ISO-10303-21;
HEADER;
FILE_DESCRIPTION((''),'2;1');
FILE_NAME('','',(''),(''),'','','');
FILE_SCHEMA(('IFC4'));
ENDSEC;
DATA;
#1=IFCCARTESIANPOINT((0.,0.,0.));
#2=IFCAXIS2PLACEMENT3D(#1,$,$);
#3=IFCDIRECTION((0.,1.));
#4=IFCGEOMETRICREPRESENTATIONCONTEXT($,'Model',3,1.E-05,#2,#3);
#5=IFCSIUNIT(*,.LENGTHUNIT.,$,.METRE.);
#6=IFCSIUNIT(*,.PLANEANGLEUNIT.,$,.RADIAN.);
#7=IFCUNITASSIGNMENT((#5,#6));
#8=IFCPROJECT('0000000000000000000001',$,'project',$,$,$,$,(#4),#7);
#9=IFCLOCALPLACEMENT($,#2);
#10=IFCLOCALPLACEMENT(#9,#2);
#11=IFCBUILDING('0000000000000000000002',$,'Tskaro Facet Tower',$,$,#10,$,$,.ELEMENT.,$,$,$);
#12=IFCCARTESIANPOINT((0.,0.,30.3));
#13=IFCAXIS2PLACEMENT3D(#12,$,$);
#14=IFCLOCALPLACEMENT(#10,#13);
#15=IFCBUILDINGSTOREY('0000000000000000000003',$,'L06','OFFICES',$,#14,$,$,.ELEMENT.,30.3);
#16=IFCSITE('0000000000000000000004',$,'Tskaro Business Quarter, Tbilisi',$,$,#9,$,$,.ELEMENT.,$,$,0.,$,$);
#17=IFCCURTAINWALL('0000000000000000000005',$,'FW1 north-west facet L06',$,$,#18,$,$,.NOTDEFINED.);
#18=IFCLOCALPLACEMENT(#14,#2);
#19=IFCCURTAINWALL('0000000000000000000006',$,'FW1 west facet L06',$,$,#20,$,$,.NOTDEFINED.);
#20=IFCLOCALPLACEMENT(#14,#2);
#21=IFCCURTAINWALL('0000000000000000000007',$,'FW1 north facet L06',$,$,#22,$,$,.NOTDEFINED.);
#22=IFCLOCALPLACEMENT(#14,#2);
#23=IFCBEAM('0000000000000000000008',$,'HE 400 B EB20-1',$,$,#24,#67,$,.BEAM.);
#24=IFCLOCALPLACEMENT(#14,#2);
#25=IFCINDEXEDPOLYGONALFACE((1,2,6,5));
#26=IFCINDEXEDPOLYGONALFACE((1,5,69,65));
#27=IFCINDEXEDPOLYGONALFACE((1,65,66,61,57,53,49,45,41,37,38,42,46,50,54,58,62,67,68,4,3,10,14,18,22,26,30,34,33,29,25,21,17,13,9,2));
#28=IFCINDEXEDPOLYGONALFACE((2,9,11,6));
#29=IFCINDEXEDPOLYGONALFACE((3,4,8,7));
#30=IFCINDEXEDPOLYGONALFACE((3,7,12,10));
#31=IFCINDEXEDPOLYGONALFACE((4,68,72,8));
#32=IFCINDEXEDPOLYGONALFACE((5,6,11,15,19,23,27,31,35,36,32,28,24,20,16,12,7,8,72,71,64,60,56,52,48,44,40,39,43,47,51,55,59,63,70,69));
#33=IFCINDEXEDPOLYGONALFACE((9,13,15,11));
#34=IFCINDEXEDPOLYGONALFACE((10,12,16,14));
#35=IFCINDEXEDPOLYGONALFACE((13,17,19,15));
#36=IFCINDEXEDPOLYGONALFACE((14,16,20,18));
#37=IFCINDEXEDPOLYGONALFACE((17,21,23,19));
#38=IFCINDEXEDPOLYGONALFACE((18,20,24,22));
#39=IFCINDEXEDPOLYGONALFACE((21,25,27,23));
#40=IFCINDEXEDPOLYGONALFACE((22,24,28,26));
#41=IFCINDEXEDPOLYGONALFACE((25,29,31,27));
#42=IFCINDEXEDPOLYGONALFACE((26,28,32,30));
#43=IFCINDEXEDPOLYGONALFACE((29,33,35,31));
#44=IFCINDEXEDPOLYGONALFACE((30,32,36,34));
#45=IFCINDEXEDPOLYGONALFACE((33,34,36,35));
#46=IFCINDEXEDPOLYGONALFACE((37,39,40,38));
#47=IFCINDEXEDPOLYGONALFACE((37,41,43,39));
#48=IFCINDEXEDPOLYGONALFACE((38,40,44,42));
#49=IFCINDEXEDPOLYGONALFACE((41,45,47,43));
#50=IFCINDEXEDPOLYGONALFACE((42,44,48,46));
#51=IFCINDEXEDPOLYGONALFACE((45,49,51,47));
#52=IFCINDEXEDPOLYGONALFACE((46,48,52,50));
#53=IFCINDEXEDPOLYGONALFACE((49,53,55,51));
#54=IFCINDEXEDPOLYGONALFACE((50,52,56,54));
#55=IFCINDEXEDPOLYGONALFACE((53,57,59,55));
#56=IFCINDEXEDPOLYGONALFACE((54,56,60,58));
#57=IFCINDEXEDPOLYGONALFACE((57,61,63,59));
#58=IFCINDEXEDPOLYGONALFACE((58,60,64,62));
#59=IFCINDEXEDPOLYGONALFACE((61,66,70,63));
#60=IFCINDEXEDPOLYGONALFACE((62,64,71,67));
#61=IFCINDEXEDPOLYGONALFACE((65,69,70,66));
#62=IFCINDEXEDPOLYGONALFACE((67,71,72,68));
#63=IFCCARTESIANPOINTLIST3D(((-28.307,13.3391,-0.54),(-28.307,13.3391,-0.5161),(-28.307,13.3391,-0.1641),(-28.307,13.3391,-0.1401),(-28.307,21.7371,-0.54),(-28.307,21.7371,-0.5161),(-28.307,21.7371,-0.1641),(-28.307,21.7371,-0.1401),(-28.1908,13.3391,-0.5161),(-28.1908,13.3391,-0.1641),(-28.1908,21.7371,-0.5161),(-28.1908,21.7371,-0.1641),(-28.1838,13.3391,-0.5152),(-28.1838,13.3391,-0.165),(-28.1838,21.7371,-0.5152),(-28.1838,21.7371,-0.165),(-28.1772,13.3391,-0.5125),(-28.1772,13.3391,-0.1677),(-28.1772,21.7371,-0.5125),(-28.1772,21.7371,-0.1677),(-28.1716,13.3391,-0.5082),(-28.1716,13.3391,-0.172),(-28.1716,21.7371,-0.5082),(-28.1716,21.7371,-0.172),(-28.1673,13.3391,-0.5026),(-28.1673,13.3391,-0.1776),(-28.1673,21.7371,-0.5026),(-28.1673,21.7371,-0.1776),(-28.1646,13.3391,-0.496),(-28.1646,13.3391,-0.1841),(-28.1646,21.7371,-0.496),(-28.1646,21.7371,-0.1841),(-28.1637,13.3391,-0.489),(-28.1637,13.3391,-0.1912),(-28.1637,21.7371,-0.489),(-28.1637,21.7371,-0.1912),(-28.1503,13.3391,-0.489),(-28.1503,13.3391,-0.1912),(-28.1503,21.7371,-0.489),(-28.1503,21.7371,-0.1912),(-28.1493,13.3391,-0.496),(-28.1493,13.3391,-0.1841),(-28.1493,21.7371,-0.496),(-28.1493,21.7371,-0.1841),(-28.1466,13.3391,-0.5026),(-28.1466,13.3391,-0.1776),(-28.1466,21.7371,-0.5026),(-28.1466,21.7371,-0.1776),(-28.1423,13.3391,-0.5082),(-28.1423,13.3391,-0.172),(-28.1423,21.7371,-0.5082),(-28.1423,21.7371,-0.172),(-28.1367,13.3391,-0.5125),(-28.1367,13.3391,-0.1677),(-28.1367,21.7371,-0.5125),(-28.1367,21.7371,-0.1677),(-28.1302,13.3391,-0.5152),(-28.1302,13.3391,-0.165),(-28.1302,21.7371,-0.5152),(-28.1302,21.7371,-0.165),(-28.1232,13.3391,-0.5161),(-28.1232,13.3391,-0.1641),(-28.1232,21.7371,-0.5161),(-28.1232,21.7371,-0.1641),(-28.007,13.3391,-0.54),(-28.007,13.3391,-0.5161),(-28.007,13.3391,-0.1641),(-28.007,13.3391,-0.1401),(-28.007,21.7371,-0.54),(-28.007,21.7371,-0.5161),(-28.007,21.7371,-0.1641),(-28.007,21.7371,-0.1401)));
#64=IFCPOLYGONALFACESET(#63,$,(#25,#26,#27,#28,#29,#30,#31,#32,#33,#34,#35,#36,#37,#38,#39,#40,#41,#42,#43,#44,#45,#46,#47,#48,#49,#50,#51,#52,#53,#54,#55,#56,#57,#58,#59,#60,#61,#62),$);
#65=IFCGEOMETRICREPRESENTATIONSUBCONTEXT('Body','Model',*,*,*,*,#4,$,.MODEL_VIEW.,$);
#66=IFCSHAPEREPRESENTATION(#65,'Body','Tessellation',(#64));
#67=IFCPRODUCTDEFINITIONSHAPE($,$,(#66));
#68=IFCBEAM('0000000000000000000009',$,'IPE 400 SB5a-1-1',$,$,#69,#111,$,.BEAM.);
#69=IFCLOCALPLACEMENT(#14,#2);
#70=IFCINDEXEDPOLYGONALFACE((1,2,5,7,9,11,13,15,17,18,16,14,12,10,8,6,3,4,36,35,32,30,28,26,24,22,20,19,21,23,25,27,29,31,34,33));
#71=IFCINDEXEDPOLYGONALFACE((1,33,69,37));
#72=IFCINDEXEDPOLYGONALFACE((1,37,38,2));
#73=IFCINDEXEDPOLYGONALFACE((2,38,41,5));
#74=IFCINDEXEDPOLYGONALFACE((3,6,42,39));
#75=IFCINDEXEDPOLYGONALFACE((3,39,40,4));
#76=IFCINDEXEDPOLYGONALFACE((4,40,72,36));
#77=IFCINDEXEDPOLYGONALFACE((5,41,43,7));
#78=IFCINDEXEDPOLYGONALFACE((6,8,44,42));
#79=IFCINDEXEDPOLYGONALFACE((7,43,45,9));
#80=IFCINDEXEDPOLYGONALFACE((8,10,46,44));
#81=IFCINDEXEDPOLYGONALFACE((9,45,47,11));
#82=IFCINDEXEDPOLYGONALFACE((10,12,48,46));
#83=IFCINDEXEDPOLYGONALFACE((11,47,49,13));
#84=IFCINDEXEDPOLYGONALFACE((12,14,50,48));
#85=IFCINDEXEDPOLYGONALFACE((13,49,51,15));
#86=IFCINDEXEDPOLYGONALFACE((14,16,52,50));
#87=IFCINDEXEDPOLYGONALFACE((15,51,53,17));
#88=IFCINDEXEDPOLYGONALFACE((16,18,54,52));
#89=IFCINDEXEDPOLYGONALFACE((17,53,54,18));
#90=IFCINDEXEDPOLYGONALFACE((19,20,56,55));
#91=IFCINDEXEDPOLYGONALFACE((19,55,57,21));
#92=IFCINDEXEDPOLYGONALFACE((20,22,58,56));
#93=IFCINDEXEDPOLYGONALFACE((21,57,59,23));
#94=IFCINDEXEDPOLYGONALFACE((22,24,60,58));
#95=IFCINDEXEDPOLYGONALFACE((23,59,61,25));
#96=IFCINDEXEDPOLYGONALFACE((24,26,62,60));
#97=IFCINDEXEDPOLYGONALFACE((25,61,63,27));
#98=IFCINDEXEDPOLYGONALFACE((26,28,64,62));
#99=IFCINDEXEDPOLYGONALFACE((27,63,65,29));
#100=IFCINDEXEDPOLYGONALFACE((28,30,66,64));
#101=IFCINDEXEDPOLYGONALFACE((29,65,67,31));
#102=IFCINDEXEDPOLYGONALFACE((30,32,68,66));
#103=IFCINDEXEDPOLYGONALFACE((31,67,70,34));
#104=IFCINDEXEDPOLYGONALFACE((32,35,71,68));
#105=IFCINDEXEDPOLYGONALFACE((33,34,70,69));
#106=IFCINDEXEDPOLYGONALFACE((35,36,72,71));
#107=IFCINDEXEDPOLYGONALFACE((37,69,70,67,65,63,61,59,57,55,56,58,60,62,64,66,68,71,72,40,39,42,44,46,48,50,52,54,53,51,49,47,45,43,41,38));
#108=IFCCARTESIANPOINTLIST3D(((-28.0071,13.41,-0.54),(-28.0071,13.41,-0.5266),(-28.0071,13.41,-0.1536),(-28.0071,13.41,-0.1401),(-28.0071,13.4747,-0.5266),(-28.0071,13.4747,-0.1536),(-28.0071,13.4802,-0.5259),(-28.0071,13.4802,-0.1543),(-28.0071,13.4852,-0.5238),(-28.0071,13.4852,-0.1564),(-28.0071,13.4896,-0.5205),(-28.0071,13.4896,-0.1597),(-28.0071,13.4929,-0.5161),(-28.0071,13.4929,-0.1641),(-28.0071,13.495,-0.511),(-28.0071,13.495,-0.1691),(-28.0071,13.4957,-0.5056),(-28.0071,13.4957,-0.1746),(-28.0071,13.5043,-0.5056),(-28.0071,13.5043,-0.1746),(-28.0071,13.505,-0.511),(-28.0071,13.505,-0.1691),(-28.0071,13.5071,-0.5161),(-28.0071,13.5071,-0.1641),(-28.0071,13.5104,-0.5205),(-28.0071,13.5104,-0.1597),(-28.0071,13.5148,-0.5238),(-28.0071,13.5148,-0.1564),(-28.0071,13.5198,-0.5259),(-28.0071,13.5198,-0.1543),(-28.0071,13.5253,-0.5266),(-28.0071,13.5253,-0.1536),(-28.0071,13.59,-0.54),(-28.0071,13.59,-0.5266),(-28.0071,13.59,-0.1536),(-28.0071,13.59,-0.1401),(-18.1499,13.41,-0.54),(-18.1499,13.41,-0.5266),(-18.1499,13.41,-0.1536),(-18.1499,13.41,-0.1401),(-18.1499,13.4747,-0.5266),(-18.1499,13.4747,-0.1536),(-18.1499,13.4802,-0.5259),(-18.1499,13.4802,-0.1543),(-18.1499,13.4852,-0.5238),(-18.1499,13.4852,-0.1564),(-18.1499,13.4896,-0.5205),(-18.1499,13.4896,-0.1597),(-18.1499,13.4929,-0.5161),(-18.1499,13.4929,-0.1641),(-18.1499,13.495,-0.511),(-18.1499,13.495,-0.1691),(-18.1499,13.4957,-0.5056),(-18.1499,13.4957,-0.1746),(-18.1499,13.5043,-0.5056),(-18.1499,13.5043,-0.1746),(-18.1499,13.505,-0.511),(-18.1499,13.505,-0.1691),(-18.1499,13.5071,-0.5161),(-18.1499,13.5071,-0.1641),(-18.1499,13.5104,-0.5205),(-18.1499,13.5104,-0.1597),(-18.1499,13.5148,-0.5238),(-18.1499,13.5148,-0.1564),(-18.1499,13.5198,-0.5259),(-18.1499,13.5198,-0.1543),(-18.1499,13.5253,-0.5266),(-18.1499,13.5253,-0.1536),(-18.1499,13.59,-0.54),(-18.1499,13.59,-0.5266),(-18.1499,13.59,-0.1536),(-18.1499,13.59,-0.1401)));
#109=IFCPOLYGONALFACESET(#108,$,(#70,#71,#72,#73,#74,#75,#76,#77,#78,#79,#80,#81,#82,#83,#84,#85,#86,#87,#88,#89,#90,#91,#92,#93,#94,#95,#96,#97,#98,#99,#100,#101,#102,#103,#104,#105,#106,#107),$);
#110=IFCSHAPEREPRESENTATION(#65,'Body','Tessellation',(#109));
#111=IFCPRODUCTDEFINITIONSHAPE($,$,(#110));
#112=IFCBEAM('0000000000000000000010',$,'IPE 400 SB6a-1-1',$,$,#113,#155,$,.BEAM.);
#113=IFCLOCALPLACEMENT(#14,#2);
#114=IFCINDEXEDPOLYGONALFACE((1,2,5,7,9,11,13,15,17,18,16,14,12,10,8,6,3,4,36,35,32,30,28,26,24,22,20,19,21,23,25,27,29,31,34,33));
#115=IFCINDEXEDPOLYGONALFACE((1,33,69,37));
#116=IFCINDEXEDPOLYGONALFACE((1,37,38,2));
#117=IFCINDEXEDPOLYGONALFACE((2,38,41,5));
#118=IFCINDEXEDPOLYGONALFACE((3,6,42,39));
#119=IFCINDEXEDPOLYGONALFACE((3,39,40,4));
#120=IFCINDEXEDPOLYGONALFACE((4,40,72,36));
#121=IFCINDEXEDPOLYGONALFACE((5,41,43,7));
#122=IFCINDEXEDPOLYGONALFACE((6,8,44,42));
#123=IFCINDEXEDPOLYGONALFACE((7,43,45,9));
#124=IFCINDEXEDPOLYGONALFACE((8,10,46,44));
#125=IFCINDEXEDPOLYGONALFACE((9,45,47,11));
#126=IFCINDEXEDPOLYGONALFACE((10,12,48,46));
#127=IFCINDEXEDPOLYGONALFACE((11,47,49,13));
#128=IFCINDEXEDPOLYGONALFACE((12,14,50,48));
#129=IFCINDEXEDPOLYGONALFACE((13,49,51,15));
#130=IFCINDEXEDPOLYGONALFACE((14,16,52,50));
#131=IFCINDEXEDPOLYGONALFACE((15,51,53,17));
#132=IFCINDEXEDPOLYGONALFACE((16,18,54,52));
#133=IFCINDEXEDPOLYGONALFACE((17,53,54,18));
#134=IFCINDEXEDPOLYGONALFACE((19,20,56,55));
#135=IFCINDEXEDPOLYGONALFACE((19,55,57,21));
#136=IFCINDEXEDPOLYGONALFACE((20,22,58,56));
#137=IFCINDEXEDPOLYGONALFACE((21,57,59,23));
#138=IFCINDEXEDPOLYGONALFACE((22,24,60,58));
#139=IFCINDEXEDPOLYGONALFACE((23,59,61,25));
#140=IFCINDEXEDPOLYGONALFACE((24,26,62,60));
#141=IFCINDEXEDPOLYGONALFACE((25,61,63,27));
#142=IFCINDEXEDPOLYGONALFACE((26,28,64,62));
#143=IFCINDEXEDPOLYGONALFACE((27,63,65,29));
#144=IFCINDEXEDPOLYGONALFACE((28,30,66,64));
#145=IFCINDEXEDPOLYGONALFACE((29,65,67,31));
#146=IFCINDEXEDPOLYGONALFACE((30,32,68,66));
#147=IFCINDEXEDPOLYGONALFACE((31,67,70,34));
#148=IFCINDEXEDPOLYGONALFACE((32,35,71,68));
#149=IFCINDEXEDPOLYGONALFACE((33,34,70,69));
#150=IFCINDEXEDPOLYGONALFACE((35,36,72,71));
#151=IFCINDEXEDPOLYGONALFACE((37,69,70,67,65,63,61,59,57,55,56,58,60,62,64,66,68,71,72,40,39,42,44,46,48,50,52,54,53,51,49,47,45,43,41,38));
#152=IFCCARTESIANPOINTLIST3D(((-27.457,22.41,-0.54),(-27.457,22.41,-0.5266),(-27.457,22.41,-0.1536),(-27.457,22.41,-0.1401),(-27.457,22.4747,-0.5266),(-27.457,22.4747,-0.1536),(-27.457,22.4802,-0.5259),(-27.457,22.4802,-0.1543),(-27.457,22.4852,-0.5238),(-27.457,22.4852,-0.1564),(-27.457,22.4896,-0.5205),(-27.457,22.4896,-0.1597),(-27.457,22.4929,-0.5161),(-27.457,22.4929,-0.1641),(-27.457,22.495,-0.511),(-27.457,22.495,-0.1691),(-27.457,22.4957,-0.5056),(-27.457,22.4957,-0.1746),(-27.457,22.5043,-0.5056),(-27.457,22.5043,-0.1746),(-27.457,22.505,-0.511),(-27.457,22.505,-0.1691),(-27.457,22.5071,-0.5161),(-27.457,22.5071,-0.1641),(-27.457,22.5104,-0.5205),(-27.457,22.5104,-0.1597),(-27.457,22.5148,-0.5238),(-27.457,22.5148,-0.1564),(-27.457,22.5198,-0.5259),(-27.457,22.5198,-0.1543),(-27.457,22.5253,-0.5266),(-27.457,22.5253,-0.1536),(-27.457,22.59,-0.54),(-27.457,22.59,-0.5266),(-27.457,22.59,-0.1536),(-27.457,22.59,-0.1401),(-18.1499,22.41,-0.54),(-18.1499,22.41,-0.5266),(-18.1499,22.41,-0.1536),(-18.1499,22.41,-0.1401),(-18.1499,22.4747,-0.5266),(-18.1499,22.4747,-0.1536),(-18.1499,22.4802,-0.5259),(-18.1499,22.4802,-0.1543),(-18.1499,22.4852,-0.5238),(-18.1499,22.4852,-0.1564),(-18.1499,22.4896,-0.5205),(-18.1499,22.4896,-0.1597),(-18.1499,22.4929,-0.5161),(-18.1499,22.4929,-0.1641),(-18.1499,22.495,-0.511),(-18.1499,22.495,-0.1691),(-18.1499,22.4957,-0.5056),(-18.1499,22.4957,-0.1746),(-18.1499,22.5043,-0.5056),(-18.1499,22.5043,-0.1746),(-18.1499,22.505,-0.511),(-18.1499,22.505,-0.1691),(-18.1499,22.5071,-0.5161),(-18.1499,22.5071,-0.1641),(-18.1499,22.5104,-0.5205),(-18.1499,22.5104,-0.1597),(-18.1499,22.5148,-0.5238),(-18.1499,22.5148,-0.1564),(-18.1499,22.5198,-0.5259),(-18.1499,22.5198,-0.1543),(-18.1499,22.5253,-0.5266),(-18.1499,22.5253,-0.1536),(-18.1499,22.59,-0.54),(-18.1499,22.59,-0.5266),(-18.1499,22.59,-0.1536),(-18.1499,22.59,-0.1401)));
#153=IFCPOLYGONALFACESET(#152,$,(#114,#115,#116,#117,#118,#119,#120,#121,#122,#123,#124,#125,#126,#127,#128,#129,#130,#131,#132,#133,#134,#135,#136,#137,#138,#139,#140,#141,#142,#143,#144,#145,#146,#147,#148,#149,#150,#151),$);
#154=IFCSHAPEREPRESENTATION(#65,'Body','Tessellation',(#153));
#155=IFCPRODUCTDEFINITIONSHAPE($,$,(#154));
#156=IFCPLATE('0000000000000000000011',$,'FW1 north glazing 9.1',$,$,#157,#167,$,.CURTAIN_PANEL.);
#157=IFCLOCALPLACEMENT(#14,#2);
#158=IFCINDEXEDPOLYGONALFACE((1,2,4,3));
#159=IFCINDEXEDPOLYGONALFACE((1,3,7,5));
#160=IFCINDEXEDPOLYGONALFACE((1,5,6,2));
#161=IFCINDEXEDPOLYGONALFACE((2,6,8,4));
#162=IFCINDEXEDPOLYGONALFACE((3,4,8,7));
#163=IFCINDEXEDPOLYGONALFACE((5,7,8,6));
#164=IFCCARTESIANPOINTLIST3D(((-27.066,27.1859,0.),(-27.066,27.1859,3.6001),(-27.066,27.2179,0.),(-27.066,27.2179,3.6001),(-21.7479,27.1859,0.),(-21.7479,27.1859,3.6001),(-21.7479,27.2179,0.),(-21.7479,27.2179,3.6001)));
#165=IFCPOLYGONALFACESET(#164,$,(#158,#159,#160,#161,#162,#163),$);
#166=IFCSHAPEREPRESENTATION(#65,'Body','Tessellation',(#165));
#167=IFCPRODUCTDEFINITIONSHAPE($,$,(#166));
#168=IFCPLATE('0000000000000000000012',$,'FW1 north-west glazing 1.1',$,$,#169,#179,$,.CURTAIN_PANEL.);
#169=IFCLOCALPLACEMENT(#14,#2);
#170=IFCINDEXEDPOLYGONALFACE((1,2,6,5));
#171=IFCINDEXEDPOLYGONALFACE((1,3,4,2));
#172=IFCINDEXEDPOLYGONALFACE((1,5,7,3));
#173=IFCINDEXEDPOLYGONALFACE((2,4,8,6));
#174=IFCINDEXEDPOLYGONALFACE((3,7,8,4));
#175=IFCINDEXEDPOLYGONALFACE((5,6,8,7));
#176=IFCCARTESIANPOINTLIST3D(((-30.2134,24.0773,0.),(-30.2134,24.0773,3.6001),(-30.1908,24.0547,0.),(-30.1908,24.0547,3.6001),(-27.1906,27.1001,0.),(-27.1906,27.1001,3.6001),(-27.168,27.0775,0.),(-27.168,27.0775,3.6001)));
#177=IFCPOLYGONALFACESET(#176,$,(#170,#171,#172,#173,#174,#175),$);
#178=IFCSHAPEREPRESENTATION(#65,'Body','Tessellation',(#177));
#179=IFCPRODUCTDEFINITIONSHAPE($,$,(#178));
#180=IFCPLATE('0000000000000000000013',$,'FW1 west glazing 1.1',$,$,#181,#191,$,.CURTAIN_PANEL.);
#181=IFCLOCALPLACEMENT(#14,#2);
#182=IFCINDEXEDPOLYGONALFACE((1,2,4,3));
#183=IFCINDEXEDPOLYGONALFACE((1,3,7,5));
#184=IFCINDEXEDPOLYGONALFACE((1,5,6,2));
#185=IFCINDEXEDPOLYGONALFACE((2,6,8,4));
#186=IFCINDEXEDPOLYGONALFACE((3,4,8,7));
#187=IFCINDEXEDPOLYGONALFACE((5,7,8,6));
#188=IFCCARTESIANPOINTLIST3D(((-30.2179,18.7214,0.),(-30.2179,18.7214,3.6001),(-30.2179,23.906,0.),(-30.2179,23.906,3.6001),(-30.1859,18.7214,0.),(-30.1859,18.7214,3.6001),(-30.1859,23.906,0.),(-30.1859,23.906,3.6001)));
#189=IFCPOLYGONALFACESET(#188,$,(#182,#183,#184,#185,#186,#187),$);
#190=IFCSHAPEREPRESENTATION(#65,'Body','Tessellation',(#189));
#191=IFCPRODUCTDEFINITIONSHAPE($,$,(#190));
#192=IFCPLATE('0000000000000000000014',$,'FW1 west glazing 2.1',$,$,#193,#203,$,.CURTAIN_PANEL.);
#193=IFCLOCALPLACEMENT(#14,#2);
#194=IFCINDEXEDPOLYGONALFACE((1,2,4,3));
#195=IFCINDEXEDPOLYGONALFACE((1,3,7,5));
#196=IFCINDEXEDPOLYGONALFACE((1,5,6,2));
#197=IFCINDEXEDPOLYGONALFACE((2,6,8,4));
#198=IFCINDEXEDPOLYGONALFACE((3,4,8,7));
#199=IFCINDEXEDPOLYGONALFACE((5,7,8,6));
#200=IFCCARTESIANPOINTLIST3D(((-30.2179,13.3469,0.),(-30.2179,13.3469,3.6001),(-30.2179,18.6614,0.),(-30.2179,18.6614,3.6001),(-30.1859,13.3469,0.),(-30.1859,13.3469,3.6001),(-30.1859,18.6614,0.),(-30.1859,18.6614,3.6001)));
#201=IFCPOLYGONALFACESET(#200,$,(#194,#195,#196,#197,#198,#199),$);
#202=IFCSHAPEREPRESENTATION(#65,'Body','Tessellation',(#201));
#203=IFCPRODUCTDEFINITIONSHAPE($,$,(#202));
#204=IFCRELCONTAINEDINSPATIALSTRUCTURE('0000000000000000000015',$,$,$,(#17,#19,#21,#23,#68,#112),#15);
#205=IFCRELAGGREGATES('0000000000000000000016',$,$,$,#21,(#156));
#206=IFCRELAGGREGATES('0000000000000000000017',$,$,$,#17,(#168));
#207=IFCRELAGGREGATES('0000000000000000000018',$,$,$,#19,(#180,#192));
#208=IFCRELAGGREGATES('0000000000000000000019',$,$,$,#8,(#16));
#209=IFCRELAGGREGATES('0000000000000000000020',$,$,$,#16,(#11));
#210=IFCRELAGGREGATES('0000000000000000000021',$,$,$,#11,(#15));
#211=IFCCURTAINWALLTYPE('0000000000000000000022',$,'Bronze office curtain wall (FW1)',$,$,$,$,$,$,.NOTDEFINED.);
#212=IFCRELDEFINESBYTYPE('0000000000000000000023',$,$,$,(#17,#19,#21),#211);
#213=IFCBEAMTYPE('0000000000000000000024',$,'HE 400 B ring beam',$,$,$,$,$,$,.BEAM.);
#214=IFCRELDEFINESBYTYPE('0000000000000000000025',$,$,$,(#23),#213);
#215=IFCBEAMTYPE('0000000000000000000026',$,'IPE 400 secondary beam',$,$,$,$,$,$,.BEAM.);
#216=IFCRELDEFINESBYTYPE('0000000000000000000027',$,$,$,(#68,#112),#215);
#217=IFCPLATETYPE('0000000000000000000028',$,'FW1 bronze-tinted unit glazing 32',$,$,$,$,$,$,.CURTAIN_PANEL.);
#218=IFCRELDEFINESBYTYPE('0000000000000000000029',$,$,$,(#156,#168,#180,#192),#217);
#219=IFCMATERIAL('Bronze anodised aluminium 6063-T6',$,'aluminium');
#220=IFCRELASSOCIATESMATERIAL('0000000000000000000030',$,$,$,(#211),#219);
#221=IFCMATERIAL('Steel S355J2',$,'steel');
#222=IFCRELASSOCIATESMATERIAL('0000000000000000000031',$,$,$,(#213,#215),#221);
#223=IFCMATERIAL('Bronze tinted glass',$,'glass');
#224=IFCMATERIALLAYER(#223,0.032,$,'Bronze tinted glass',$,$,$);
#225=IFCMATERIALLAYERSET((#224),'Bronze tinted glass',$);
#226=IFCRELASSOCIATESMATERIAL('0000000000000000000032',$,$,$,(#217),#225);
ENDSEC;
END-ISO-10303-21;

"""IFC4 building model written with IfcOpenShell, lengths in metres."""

from ifc_helpers import new_model, si_unit, direction, frame, origin, origin_2d, place, context, subcontext, project, spatial, rectangle, i_section, extrude, material, layer, layer_set, material_profile, profile_set, type_object, element, aggregate, save


model = new_model("IFC4")

# Units and contexts
model_context = context("Model", 3, precision=1e-05, world=origin(), true_north=direction((0.0, 1.0)))
body_context = subcontext(model_context, "Body", "Model", "MODEL_VIEW")
ifc_project = project(units=[si_unit("LENGTHUNIT", "METRE"), si_unit("PLANEANGLEUNIT", "RADIAN")], contexts=[model_context])

# Site, building, storey
site_placement = place(None, origin())
site = spatial("IfcSite", under=ifc_project, at=site_placement, Name="Tskaro Business Quarter, Tbilisi", CompositionType="ELEMENT", RefElevation=0.0)
building_placement = place(site_placement, origin())
building = spatial("IfcBuilding", under=site, at=building_placement, Name="Tskaro Facet Tower", CompositionType="ELEMENT")
storey_placement = place(building_placement, frame((0.0, 0.0, 30.3)))
storey = spatial("IfcBuildingStorey", under=building, at=storey_placement, Name="L06", Description="OFFICES", CompositionType="ELEMENT", Elevation=30.3)

# Curtain walls
ifc_material_1 = material(Name="Bronze anodised aluminium 6063-T6", Category="aluminium")
curtain_wall_type = type_object("IfcCurtainWallType", Name="Bronze office curtain wall (FW1)", PredefinedType="NOTDEFINED", material=ifc_material_1)
curtain_wall_1_placement = place(storey_placement, origin())
curtain_wall_1 = element("IfcCurtainWall", 1, at=curtain_wall_1_placement, inside=storey, type_object=curtain_wall_type, Name="FW1 north-west facet L06", PredefinedType="NOTDEFINED")
curtain_wall_2_placement = place(storey_placement, origin())
curtain_wall_2 = element("IfcCurtainWall", 2, at=curtain_wall_2_placement, inside=storey, type_object=curtain_wall_type, Name="FW1 west facet L06", PredefinedType="NOTDEFINED")
curtain_wall_3_placement = place(storey_placement, origin())
curtain_wall_3 = element("IfcCurtainWall", 3, at=curtain_wall_3_placement, inside=storey, type_object=curtain_wall_type, Name="FW1 north facet L06", PredefinedType="NOTDEFINED")

# Beams
ifc_material_2 = material(Name="Steel S355J2", Category="steel")
ifc_material_profile_1 = material_profile(ifc_material_2, i_section(OverallWidth=0.3, OverallDepth=0.3999, WebThickness=0.0134, FlangeThickness=0.0239, FilletRadius=0.0271, at=origin_2d()), Name="HE 400 B")
ifc_profile_set_1 = profile_set([ifc_material_profile_1], Name="Steel S355J2")
beam_type_1 = type_object("IfcBeamType", Name="HE 400 B ring beam", PredefinedType="BEAM", material=ifc_profile_set_1)
beam_1_placement = place(storey_placement, frame((-28.157, 21.7371, -0.3401), z_axis=(0.0, -1.0, 0.0), x_axis=(1.0, 0.0, 0.0)))
element("IfcBeam", 4, at=beam_1_placement, inside=storey, type_object=beam_type_1, Name="HE 400 B EB20-1", PredefinedType="BEAM", context=body_context, shape_type="SweptSolid", body=[
    extrude(i_section(OverallWidth=0.3, OverallDepth=0.3999, WebThickness=0.0134, FlangeThickness=0.0239, FilletRadius=0.0271, at=origin_2d()), origin(), (0.0, 0.0, 1.0), 8.3979),
])
ifc_material_profile_2 = material_profile(ifc_material_2, i_section(OverallWidth=0.1799, OverallDepth=0.3999, WebThickness=0.0085, FlangeThickness=0.0134, FilletRadius=0.021, at=origin_2d()), Name="IPE 400")
ifc_profile_set_2 = profile_set([ifc_material_profile_2], Name="Steel S355J2")
beam_type_2 = type_object("IfcBeamType", Name="IPE 400 secondary beam", PredefinedType="BEAM", material=ifc_profile_set_2)
beam_2_placement = place(storey_placement, frame((-28.0071, 13.5, -0.3401), z_axis=(1.0, 0.0, 0.0), x_axis=(0.0, 1.0, 0.0)))
element("IfcBeam", 5, at=beam_2_placement, inside=storey, type_object=beam_type_2, Name="IPE 400 SB5a-1-1", PredefinedType="BEAM", context=body_context, shape_type="SweptSolid", body=[
    extrude(i_section(OverallWidth=0.1799, OverallDepth=0.3999, WebThickness=0.0085, FlangeThickness=0.0134, FilletRadius=0.021, at=origin_2d()), origin(), (0.0, 0.0, 1.0), 9.8572),
])
beam_3_placement = place(storey_placement, frame((-27.457, 22.5, -0.3401), z_axis=(1.0, 0.0, 0.0), x_axis=(0.0, 1.0, 0.0)))
element("IfcBeam", 6, at=beam_3_placement, inside=storey, type_object=beam_type_2, Name="IPE 400 SB6a-1-1", PredefinedType="BEAM", context=body_context, shape_type="SweptSolid", body=[
    extrude(i_section(OverallWidth=0.1799, OverallDepth=0.3999, WebThickness=0.0085, FlangeThickness=0.0134, FilletRadius=0.021, at=origin_2d()), origin(), (0.0, 0.0, 1.0), 9.3071),
])

# Plates
ifc_material_3 = material(Name="Bronze tinted glass", Category="glass")
ifc_layer_1 = layer(ifc_material_3, 0.032, Name="Bronze tinted glass")
ifc_layer_set_1 = layer_set([ifc_layer_1], Name="Bronze tinted glass")
plate_type = type_object("IfcPlateType", Name="FW1 bronze-tinted unit glazing 32", PredefinedType="CURTAIN_PANEL", material=ifc_layer_set_1)
plate_1_placement = place(storey_placement, frame((-24.407, 27.2019, 0.0), z_axis=(0.0, 0.0, 1.0), x_axis=(-1.0, 0.0, 0.0)))
plate_1 = element("IfcPlate", 7, at=plate_1_placement, type_object=plate_type, Name="FW1 north glazing 9.1", PredefinedType="CURTAIN_PANEL", context=body_context, shape_type="SweptSolid", body=[
    extrude(rectangle(XDim=5.3181, YDim=0.032, at=origin_2d()), origin(), (0.0, 0.0, 1.0), 3.6001),
])
aggregate(curtain_wall_3, [plate_1])
plate_2_placement = place(storey_placement, frame((-28.6907, 25.5774, 0.0), z_axis=(0.0, 0.0, 1.0), x_axis=(-0.707107, -0.707107, 0.0)))
plate_2 = element("IfcPlate", 8, at=plate_2_placement, type_object=plate_type, Name="FW1 north-west glazing 1.1", PredefinedType="CURTAIN_PANEL", context=body_context, shape_type="SweptSolid", body=[
    extrude(rectangle(XDim=4.2749, YDim=0.032, at=origin_2d()), origin(), (0.0, 0.0, 1.0), 3.6001),
])
aggregate(curtain_wall_1, [plate_2])
plate_3_placement = place(storey_placement, frame((-30.2019, 21.3137, 0.0), z_axis=(0.0, 0.0, 1.0), x_axis=(0.0, -1.0, 0.0)))
plate_3 = element("IfcPlate", 9, at=plate_3_placement, type_object=plate_type, Name="FW1 west glazing 1.1", PredefinedType="CURTAIN_PANEL", context=body_context, shape_type="SweptSolid", body=[
    extrude(rectangle(XDim=5.1846, YDim=0.032, at=origin_2d()), origin(), (0.0, 0.0, 1.0), 3.6001),
])
plate_4_placement = place(storey_placement, frame((-30.2019, 16.0042, 0.0), z_axis=(0.0, 0.0, 1.0), x_axis=(0.0, -1.0, 0.0)))
plate_4 = element("IfcPlate", 10, at=plate_4_placement, type_object=plate_type, Name="FW1 west glazing 2.1", PredefinedType="CURTAIN_PANEL", context=body_context, shape_type="SweptSolid", body=[
    extrude(rectangle(XDim=5.3145, YDim=0.032, at=origin_2d()), origin(), (0.0, 0.0, 1.0), 3.6001),
])
aggregate(curtain_wall_2, [plate_3, plate_4])

save(model, "model.ifc")
